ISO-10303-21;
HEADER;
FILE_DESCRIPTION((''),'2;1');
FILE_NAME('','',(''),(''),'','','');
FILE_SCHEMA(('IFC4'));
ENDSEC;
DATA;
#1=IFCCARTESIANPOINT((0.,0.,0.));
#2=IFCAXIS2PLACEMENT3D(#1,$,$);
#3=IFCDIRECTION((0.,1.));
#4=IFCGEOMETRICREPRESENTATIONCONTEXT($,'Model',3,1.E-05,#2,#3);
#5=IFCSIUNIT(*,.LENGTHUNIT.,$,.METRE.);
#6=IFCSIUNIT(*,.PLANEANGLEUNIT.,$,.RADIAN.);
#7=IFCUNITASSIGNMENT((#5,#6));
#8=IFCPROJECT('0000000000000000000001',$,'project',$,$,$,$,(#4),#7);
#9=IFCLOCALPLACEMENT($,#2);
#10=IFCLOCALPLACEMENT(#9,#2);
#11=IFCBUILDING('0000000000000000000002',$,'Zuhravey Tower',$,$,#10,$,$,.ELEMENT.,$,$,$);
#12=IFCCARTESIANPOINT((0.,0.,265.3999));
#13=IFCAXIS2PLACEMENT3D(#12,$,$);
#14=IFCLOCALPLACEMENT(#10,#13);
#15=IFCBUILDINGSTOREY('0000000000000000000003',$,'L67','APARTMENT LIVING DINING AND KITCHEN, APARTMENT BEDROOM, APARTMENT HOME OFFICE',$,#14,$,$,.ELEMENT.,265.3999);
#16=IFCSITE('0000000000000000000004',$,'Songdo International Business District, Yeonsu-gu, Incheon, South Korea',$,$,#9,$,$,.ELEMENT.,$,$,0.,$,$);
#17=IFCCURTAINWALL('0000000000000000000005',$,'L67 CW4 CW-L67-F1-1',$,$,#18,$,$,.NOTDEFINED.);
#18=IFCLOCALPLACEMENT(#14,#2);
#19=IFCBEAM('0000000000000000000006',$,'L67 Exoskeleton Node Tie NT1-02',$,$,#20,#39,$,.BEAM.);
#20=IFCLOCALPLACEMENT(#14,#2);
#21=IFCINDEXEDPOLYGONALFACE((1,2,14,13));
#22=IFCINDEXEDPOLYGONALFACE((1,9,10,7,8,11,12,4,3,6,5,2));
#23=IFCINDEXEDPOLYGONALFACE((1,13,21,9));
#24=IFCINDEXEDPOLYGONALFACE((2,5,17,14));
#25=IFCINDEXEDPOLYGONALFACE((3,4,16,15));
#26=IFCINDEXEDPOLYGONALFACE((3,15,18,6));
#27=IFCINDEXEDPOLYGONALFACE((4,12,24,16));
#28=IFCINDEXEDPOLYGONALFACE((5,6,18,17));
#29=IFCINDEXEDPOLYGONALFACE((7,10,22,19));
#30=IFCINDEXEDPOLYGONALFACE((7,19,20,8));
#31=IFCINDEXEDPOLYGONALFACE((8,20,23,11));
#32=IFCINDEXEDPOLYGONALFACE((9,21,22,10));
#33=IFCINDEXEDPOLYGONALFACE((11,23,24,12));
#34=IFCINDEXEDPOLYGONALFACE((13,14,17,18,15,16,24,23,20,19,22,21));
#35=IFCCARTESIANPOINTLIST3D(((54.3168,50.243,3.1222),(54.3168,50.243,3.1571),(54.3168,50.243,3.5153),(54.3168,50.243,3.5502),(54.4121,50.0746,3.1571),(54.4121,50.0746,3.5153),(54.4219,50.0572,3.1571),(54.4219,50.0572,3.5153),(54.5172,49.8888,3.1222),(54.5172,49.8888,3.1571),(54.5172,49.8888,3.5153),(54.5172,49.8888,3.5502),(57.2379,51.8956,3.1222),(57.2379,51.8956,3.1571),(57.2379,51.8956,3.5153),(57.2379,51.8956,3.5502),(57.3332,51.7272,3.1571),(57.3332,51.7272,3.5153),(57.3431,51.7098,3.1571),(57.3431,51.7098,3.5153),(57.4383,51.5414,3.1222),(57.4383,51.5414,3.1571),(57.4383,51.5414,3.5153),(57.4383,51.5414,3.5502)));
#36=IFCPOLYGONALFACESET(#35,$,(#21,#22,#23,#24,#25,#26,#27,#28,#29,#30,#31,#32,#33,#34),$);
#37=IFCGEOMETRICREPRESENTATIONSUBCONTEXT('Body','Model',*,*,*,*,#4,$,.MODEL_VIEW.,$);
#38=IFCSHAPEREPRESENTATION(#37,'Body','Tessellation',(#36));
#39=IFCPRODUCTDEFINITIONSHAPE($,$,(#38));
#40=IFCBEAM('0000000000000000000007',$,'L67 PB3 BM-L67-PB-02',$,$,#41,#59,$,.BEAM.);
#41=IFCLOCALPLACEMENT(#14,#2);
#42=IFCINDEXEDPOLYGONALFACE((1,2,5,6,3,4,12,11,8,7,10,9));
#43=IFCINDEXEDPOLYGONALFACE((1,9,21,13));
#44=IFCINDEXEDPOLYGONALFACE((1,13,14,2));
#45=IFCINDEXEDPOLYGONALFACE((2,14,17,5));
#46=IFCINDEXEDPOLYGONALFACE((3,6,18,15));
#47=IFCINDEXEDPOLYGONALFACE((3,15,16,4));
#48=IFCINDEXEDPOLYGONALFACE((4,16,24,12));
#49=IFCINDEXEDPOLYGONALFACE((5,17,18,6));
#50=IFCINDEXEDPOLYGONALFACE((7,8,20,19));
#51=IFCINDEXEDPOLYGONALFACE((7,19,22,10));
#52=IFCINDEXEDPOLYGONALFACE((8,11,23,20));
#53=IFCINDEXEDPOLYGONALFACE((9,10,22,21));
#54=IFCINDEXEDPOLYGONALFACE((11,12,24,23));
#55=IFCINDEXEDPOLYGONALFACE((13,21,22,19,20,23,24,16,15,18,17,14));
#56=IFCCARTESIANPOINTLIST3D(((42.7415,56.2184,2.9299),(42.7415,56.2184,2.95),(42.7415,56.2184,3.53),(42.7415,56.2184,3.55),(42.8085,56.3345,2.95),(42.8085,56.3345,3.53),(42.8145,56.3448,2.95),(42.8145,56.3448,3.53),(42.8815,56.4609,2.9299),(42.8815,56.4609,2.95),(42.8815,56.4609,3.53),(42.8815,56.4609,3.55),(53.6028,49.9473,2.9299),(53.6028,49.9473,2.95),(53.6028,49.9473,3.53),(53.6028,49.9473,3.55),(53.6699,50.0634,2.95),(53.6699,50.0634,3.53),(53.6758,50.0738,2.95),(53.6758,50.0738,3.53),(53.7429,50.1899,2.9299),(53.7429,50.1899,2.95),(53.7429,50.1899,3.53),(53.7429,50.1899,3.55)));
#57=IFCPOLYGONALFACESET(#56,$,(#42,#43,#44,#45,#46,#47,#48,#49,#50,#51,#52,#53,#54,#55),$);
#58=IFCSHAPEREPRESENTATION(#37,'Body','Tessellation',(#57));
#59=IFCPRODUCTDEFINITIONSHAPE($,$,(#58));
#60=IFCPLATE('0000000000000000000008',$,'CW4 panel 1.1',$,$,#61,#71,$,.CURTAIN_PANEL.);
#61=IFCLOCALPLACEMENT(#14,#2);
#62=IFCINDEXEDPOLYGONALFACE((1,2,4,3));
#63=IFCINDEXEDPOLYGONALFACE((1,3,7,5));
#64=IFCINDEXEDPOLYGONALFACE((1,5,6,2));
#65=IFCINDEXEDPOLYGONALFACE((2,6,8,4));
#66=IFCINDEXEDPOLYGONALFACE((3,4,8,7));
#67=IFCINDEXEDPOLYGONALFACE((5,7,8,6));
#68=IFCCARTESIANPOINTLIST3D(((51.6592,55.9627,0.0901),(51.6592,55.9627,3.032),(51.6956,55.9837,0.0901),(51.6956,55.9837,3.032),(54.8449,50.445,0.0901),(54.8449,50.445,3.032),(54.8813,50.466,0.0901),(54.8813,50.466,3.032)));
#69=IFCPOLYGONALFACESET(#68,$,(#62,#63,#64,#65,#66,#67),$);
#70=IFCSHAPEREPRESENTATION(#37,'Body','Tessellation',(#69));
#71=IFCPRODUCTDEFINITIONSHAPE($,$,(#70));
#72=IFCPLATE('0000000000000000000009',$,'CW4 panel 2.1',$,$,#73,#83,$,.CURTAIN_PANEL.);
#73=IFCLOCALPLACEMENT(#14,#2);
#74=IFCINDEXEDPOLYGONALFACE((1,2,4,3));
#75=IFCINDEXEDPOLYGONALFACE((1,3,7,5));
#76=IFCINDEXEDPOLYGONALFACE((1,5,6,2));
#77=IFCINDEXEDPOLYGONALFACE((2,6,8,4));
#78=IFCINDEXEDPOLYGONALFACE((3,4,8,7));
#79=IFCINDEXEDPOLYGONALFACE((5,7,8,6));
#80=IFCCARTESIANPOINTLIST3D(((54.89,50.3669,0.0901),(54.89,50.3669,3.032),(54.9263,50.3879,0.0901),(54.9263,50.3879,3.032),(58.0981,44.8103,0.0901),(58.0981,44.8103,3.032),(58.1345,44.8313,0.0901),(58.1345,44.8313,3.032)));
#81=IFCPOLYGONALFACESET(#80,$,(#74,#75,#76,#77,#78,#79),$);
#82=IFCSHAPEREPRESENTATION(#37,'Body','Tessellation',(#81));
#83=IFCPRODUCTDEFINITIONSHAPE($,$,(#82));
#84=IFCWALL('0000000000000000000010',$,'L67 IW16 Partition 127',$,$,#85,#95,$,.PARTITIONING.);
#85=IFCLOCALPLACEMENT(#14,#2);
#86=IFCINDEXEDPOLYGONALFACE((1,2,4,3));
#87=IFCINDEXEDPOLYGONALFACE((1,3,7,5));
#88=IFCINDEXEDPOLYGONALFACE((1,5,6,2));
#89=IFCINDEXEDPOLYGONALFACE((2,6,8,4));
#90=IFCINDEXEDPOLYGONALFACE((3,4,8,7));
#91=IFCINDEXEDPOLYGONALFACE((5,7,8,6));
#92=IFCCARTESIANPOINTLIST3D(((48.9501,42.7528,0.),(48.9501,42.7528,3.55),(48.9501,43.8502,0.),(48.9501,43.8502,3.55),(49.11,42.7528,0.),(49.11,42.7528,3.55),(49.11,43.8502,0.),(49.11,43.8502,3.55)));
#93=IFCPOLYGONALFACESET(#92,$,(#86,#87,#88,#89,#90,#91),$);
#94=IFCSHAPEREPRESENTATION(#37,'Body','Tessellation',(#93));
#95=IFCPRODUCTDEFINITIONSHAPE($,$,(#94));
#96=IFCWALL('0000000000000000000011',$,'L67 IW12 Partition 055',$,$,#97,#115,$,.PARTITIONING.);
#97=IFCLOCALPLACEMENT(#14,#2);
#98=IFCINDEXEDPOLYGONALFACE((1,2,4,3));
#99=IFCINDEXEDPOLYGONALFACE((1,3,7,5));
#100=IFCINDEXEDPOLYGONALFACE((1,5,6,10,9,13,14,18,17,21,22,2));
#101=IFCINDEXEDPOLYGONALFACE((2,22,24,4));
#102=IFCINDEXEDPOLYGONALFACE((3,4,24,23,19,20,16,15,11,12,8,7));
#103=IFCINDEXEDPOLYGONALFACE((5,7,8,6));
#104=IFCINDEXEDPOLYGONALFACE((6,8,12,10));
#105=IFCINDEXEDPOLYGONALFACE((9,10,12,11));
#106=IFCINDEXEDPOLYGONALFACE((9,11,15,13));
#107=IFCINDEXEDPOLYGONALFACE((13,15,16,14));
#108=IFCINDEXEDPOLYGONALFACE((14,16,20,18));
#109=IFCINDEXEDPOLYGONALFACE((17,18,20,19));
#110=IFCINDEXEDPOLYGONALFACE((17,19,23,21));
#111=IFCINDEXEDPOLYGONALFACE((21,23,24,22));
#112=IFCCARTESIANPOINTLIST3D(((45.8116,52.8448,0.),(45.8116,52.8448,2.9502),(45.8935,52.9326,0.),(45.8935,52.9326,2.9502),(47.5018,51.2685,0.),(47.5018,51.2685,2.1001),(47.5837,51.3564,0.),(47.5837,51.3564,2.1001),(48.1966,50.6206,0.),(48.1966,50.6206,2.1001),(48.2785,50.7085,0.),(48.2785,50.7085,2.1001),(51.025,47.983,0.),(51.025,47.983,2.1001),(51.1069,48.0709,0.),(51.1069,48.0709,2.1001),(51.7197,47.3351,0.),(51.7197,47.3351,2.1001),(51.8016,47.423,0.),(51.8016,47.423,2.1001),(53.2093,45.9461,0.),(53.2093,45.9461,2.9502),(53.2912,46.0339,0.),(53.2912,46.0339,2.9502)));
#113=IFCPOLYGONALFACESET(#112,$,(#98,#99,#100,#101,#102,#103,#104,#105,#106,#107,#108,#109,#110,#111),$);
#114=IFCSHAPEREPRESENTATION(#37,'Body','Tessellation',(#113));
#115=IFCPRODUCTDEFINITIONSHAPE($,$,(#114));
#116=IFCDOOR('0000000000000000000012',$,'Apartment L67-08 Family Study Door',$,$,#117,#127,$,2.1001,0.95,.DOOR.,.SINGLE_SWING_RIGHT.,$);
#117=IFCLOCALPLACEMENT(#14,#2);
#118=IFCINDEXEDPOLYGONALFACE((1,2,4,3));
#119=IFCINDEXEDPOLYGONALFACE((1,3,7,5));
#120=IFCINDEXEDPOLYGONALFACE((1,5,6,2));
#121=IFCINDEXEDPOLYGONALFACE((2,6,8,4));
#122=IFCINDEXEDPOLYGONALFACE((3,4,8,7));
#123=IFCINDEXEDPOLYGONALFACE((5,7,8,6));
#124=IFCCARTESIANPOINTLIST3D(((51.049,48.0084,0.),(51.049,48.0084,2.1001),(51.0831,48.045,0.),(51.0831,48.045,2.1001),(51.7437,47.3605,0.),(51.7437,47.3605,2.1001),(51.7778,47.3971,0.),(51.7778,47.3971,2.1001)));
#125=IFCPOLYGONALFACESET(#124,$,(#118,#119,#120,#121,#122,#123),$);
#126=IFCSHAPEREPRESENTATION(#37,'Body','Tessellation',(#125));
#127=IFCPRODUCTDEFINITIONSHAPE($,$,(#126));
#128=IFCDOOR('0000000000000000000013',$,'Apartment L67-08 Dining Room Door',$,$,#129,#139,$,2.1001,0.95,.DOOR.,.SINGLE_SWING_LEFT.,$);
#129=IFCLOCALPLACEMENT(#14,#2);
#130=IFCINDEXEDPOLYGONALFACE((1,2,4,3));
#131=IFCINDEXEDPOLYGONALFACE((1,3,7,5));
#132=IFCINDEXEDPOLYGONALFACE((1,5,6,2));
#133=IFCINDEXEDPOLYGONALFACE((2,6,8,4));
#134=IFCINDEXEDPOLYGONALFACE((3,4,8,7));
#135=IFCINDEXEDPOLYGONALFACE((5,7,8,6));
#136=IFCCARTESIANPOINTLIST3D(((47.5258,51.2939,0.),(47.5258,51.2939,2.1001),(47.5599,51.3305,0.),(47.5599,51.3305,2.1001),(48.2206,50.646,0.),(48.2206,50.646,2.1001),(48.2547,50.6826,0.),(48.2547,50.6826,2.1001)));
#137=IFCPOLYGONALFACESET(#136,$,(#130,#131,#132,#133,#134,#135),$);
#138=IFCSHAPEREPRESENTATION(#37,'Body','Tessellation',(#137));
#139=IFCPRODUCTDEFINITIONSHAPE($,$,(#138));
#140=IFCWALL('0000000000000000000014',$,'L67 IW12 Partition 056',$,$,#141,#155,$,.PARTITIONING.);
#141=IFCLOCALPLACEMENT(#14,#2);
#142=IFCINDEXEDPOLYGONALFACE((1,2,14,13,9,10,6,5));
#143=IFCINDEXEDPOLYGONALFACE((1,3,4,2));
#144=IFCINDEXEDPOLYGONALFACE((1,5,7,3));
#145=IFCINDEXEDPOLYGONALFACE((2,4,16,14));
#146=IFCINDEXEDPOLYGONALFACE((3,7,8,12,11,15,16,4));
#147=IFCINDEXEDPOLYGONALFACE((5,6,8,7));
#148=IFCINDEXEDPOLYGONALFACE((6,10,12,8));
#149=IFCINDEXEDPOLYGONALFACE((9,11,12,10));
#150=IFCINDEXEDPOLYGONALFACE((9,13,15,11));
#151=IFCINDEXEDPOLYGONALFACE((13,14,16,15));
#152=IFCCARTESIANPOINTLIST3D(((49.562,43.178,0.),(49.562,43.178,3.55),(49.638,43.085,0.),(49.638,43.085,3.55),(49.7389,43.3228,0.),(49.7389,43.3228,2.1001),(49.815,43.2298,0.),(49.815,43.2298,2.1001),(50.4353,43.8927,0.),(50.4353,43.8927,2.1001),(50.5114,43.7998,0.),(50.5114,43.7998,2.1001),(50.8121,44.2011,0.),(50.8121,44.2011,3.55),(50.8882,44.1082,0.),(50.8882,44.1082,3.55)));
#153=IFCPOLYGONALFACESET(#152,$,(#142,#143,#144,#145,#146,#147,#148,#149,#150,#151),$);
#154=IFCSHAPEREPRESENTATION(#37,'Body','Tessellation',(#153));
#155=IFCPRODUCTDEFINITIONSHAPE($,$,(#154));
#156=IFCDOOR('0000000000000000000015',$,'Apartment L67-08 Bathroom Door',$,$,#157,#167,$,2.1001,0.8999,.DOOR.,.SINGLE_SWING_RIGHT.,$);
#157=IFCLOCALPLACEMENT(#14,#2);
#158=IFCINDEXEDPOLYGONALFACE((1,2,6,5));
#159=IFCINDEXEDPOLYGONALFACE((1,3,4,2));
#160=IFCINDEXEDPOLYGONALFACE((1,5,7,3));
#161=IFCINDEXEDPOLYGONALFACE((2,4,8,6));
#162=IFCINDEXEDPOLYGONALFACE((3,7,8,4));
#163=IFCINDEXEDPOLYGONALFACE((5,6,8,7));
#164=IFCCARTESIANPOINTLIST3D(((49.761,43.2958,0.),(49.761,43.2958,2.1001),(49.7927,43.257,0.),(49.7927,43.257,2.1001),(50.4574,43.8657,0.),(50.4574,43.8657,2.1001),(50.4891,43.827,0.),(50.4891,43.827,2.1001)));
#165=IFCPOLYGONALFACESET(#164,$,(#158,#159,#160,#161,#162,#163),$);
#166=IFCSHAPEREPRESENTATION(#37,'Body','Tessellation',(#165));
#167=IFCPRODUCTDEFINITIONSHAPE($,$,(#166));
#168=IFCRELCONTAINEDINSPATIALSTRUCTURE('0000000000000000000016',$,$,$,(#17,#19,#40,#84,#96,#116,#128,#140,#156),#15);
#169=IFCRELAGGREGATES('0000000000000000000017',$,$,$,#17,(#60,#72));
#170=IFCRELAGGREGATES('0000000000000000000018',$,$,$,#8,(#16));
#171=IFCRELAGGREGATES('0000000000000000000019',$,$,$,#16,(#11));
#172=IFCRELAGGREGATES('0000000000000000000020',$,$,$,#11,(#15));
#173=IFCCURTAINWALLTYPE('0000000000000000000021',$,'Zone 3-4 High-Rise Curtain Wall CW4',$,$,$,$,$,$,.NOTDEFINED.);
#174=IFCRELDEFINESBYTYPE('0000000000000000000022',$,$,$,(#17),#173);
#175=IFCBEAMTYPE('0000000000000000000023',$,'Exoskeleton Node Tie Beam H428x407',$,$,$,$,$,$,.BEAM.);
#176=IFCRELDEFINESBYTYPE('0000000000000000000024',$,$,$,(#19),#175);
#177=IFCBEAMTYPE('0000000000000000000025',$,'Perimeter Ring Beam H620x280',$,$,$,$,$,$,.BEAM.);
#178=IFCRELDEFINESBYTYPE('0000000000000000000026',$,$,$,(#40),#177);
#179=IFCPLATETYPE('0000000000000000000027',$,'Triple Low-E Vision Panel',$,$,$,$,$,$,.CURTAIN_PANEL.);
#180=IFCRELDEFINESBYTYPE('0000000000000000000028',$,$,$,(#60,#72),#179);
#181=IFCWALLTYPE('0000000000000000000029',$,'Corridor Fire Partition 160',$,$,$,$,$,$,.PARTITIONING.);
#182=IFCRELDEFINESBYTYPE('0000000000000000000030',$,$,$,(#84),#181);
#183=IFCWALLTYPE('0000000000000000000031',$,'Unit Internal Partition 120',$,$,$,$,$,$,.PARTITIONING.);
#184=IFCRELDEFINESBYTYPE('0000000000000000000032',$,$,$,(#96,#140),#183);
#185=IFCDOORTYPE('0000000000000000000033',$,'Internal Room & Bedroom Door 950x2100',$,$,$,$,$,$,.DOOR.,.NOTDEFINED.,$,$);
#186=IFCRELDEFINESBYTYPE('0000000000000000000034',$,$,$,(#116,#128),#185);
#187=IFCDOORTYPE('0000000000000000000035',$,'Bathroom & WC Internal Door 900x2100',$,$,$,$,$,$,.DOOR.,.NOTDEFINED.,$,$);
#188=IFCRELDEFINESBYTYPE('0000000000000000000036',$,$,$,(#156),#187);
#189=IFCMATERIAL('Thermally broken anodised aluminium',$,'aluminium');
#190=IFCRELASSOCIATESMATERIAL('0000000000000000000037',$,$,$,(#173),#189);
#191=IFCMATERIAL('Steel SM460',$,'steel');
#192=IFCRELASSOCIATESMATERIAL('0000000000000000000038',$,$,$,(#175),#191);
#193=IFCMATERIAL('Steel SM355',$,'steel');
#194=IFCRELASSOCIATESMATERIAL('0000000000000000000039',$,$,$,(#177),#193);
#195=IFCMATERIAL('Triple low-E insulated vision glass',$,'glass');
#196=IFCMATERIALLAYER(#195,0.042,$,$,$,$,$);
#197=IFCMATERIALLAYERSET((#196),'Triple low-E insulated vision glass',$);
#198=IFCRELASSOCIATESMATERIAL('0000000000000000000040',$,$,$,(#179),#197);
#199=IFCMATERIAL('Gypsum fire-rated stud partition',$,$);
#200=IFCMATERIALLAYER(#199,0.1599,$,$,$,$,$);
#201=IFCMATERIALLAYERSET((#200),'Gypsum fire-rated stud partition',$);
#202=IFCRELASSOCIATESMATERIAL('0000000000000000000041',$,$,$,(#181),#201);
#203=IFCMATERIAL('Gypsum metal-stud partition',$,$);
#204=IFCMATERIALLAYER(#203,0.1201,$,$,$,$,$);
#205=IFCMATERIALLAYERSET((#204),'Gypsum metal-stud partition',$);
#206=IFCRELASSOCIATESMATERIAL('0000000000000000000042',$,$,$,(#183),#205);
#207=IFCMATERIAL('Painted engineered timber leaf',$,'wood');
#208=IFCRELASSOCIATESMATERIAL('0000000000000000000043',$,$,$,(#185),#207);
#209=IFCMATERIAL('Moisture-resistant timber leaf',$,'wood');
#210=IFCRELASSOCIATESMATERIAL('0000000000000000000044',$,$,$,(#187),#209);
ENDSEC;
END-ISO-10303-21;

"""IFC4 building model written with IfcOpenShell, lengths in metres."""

from ifc_helpers import new_model, si_unit, direction, frame, frame_2d, origin, origin_2d, place, context, subcontext, project, spatial, rectangle, i_section, extrude, material, layer, layer_set, material_profile, profile_set, type_object, element, fill, aggregate, save


model = new_model("IFC4")

# Units and contexts
model_context = context("Model", 3, precision=1e-05, world=origin(), true_north=direction((0.0, 1.0)))
body_context = subcontext(model_context, "Body", "Model", "MODEL_VIEW")
ifc_project = project(units=[si_unit("LENGTHUNIT", "METRE"), si_unit("PLANEANGLEUNIT", "RADIAN")], contexts=[model_context])

# Site, building, storey
site_placement = place(None, origin())
site = spatial("IfcSite", under=ifc_project, at=site_placement, Name="Songdo International Business District, Yeonsu-gu, Incheon, South Korea", CompositionType="ELEMENT", RefElevation=0.0)
building_placement = place(site_placement, origin())
building = spatial("IfcBuilding", under=site, at=building_placement, Name="Zuhravey Tower", CompositionType="ELEMENT")
storey_placement = place(building_placement, frame((0.0, 0.0, 265.3999)))
storey = spatial("IfcBuildingStorey", under=building, at=storey_placement, Name="L67", Description="APARTMENT LIVING DINING AND KITCHEN, APARTMENT BEDROOM, APARTMENT HOME OFFICE", CompositionType="ELEMENT", Elevation=265.3999)

# Shared definitions
ifc_material_1 = material(Name="Thermally broken anodised aluminium", Category="aluminium")
curtain_wall_type = type_object("IfcCurtainWallType", Name="Zone 3-4 High-Rise Curtain Wall CW4", PredefinedType="NOTDEFINED", material=ifc_material_1)

# Curtain wall
curtain_wall_1_placement = place(storey_placement, origin())
curtain_wall_1 = element("IfcCurtainWall", 1, at=curtain_wall_1_placement, inside=storey, type_object=curtain_wall_type, Name="L67 CW4 CW-L67-F1-1", PredefinedType="NOTDEFINED")

# Beams
ifc_material_2 = material(Name="Steel SM460", Category="steel")
ifc_material_profile_1 = material_profile(ifc_material_2, i_section(OverallWidth=0.407, OverallDepth=0.428, WebThickness=0.02, FlangeThickness=0.0349, at=origin_2d()), Name="H-428x407x20x35")
ifc_profile_set_1 = profile_set([ifc_material_profile_1], Name="Steel SM460")
beam_type_1 = type_object("IfcBeamType", Name="Exoskeleton Node Tie Beam H428x407", PredefinedType="BEAM", material=ifc_profile_set_1)
beam_1_placement = place(storey_placement, frame((54.417, 50.0659, 3.3362), z_axis=(0.87037, 0.492398, 0.0), x_axis=(-0.492398, 0.87037, 0.0)))
element("IfcBeam", 2, at=beam_1_placement, inside=storey, type_object=beam_type_1, Name="L67 Exoskeleton Node Tie NT1-02", PredefinedType="BEAM", context=body_context, shape_type="SweptSolid", body=[
    extrude(i_section(OverallWidth=0.407, OverallDepth=0.428, WebThickness=0.02, FlangeThickness=0.0349, at=origin_2d()), origin(), (0.0, 0.0, 1.0), 3.3562),
])
ifc_material_3 = material(Name="Steel SM355", Category="steel")
ifc_material_profile_2 = material_profile(ifc_material_3, i_section(OverallWidth=0.28, OverallDepth=0.6201, WebThickness=0.012, FlangeThickness=0.02, at=origin_2d()), Name="H-620x280x12x20")
ifc_profile_set_2 = profile_set([ifc_material_profile_2], Name="Steel SM355")
beam_type_2 = type_object("IfcBeamType", Name="Perimeter Ring Beam H620x280", PredefinedType="BEAM", material=ifc_profile_set_2)
beam_2_placement = place(storey_placement, frame((53.6729, 50.0686, 3.24), z_axis=(-0.866018, 0.500012, 0.0), x_axis=(-0.500012, -0.866018, 0.0)))
element("IfcBeam", 3, at=beam_2_placement, inside=storey, type_object=beam_type_2, Name="L67 PB3 BM-L67-PB-02", PredefinedType="BEAM", context=body_context, shape_type="SweptSolid", body=[
    extrude(i_section(OverallWidth=0.28, OverallDepth=0.6201, WebThickness=0.012, FlangeThickness=0.02, at=origin_2d()), origin(), (0.0, 0.0, 1.0), 12.5417),
])

# Plates
ifc_material_4 = material(Name="Triple low-E insulated vision glass", Category="glass")
ifc_layer_1 = layer(ifc_material_4, 0.042)
ifc_layer_set_1 = layer_set([ifc_layer_1], Name="Triple low-E insulated vision glass")
plate_type = type_object("IfcPlateType", Name="Triple Low-E Vision Panel", PredefinedType="CURTAIN_PANEL", material=ifc_layer_set_1)
plate_1_placement = place(storey_placement, frame((53.2703, 53.2144, 0.0901), z_axis=(0.0, 0.0, 1.0), x_axis=(0.500001, -0.866025, 0.0)))
plate_1 = element("IfcPlate", 4, at=plate_1_placement, type_object=plate_type, Name="CW4 panel 1.1", PredefinedType="CURTAIN_PANEL", context=body_context, shape_type="SweptSolid", body=[
    extrude(rectangle(XDim=6.3713, YDim=0.042, at=origin_2d()), origin(), (0.0, 0.0, 1.0), 2.9419),
])
plate_2_placement = place(storey_placement, frame((56.5122, 47.5991, 0.0901), z_axis=(0.0, 0.0, 1.0), x_axis=(0.500001, -0.866025, 0.0)))
plate_2 = element("IfcPlate", 5, at=plate_2_placement, type_object=plate_type, Name="CW4 panel 2.1", PredefinedType="CURTAIN_PANEL", context=body_context, shape_type="SweptSolid", body=[
    extrude(rectangle(XDim=6.4163, YDim=0.042, at=origin_2d()), origin(), (0.0, 0.0, 1.0), 2.9419),
])
aggregate(curtain_wall_1, [plate_1, plate_2])

# Wall
ifc_material_5 = material(Name="Gypsum fire-rated stud partition")
ifc_layer_2 = layer(ifc_material_5, 0.1599)
ifc_layer_set_2 = layer_set([ifc_layer_2], Name="Gypsum fire-rated stud partition")
wall_type_1 = type_object("IfcWallType", Name="Corridor Fire Partition 160", PredefinedType="PARTITIONING", material=ifc_layer_set_2)
wall_1_placement = place(storey_placement, frame((49.03, 42.7527, 0.0), z_axis=(0.0, 0.0, 1.0), x_axis=(0.0, 1.0, 0.0)))
element("IfcWall", 6, at=wall_1_placement, inside=storey, type_object=wall_type_1, Name="L67 IW16 Partition 127", PredefinedType="PARTITIONING", context=body_context, shape_type="SweptSolid", body=[
    extrude(rectangle(XDim=1.0974, YDim=0.1599, at=frame_2d((0.5488, 0.0))), origin(), (0.0, 0.0, 1.0), 3.55),
])

# Wall, openings, doors
ifc_material_6 = material(Name="Gypsum metal-stud partition")
ifc_layer_3 = layer(ifc_material_6, 0.1201)
ifc_layer_set_3 = layer_set([ifc_layer_3], Name="Gypsum metal-stud partition")
wall_type_2 = type_object("IfcWallType", Name="Unit Internal Partition 120", PredefinedType="PARTITIONING", material=ifc_layer_set_3)
wall_2_placement = place(storey_placement, frame((53.2502, 45.99, 0.0), z_axis=(0.0, 0.0, 1.0), x_axis=(-0.731343, 0.682009, 0.0)))
wall_2 = element("IfcWall", 7, at=wall_2_placement, inside=storey, type_object=wall_type_2, Name="L67 IW12 Partition 055", PredefinedType="PARTITIONING", context=body_context, shape_type="SweptSolid", body=[
    extrude(rectangle(XDim=10.1152, YDim=0.1201, at=frame_2d((5.0576, 0.0))), origin(), (0.0, 0.0, 1.0), 2.9502),
])
opening_1_placement = place(wall_2_placement, frame((2.0366, 0.0, 0.0)))
opening_1 = element("IfcOpeningElement", 8, at=opening_1_placement, cuts=wall_2, PredefinedType="OPENING", context=body_context, shape_type="SweptSolid", body=[
    extrude(rectangle(XDim=0.95, YDim=2.1001, at=frame_2d((0.4751, 1.05))), frame((0.0, 0.072, 0.0), z_axis=(0.0, -1.0, 0.0), x_axis=(1.0, 0.0, 0.0)), (0.0, 0.0, 1.0), 0.144),
])
opening_2_placement = place(wall_2_placement, frame((6.854, 0.0, 0.0)))
opening_2 = element("IfcOpeningElement", 9, at=opening_2_placement, cuts=wall_2, PredefinedType="OPENING", context=body_context, shape_type="SweptSolid", body=[
    extrude(rectangle(XDim=0.95, YDim=2.1001, at=frame_2d((0.4751, 1.05))), frame((0.0, 0.072, 0.0), z_axis=(0.0, -1.0, 0.0), x_axis=(1.0, 0.0, 0.0)), (0.0, 0.0, 1.0), 0.144),
])
ifc_material_7 = material(Name="Painted engineered timber leaf", Category="wood")
door_type_1 = type_object("IfcDoorType", Name="Internal Room & Bedroom Door 950x2100", OperationType="NOTDEFINED", PredefinedType="DOOR", material=ifc_material_7)
door_1_placement = place(opening_1_placement, frame((0.95, 0.0, 0.0), z_axis=(0.0, 0.0, 1.0), x_axis=(-1.0, 0.0, 0.0)))
door_1 = element("IfcDoor", 10, at=door_1_placement, inside=storey, type_object=door_type_1, Name="Apartment L67-08 Family Study Door", OperationType="SINGLE_SWING_RIGHT", OverallHeight=2.1001, OverallWidth=0.95, PredefinedType="DOOR", context=body_context, shape_type="SweptSolid", body=[
    extrude(rectangle(XDim=0.95, YDim=2.1001, at=frame_2d((0.4751, 1.05))), frame((0.0, 0.0249, 0.0), z_axis=(0.0, -1.0, 0.0), x_axis=(1.0, 0.0, 0.0)), (0.0, 0.0, 1.0), 0.05),
])
fill(opening_1, door_1)
door_2_placement = place(opening_2_placement, frame((0.95, 0.0, 0.0), z_axis=(0.0, 0.0, 1.0), x_axis=(-1.0, 0.0, 0.0)))
door_2 = element("IfcDoor", 11, at=door_2_placement, inside=storey, type_object=door_type_1, Name="Apartment L67-08 Dining Room Door", OperationType="SINGLE_SWING_LEFT", OverallHeight=2.1001, OverallWidth=0.95, PredefinedType="DOOR", context=body_context, shape_type="SweptSolid", body=[
    extrude(rectangle(XDim=0.95, YDim=2.1001, at=frame_2d((0.4751, 1.05))), frame((0.0, 0.0249, 0.0), z_axis=(0.0, -1.0, 0.0), x_axis=(1.0, 0.0, 0.0)), (0.0, 0.0, 1.0), 0.05),
])
fill(opening_2, door_2)

# Wall, opening, door
wall_3_placement = place(storey_placement, frame((49.6001, 43.1316, 0.0), z_axis=(0.0, 0.0, 1.0), x_axis=(0.773876, 0.633337, 0.0)))
wall_3 = element("IfcWall", 12, at=wall_3_placement, inside=storey, type_object=wall_type_2, Name="L67 IW12 Partition 056", PredefinedType="PARTITIONING", context=body_context, shape_type="SweptSolid", body=[
    extrude(rectangle(XDim=1.6155, YDim=0.1201, at=frame_2d((0.8076, 0.0))), origin(), (0.0, 0.0, 1.0), 3.55),
])
opening_3_placement = place(wall_3_placement, frame((0.2285, 0.0, 0.0)))
opening_3 = element("IfcOpeningElement", 13, at=opening_3_placement, cuts=wall_3, PredefinedType="OPENING", context=body_context, shape_type="SweptSolid", body=[
    extrude(rectangle(XDim=0.8999, YDim=2.1001, at=frame_2d((0.45, 1.05))), frame((0.0, 0.072, 0.0), z_axis=(0.0, -1.0, 0.0), x_axis=(1.0, 0.0, 0.0)), (0.0, 0.0, 1.0), 0.144),
])
ifc_material_8 = material(Name="Moisture-resistant timber leaf", Category="wood")
door_type_2 = type_object("IfcDoorType", Name="Bathroom & WC Internal Door 900x2100", OperationType="NOTDEFINED", PredefinedType="DOOR", material=ifc_material_8)
door_3_placement = place(opening_3_placement, frame((0.8999, 0.0, 0.0), z_axis=(0.0, 0.0, 1.0), x_axis=(-1.0, 0.0, 0.0)))
door_3 = element("IfcDoor", 14, at=door_3_placement, inside=storey, type_object=door_type_2, Name="Apartment L67-08 Bathroom Door", OperationType="SINGLE_SWING_RIGHT", OverallHeight=2.1001, OverallWidth=0.8999, PredefinedType="DOOR", context=body_context, shape_type="SweptSolid", body=[
    extrude(rectangle(XDim=0.8999, YDim=2.1001, at=frame_2d((0.45, 1.05))), frame((0.0, 0.0249, 0.0), z_axis=(0.0, -1.0, 0.0), x_axis=(1.0, 0.0, 0.0)), (0.0, 0.0, 1.0), 0.05),
])
fill(opening_3, door_3)

save(model, "model.ifc")
